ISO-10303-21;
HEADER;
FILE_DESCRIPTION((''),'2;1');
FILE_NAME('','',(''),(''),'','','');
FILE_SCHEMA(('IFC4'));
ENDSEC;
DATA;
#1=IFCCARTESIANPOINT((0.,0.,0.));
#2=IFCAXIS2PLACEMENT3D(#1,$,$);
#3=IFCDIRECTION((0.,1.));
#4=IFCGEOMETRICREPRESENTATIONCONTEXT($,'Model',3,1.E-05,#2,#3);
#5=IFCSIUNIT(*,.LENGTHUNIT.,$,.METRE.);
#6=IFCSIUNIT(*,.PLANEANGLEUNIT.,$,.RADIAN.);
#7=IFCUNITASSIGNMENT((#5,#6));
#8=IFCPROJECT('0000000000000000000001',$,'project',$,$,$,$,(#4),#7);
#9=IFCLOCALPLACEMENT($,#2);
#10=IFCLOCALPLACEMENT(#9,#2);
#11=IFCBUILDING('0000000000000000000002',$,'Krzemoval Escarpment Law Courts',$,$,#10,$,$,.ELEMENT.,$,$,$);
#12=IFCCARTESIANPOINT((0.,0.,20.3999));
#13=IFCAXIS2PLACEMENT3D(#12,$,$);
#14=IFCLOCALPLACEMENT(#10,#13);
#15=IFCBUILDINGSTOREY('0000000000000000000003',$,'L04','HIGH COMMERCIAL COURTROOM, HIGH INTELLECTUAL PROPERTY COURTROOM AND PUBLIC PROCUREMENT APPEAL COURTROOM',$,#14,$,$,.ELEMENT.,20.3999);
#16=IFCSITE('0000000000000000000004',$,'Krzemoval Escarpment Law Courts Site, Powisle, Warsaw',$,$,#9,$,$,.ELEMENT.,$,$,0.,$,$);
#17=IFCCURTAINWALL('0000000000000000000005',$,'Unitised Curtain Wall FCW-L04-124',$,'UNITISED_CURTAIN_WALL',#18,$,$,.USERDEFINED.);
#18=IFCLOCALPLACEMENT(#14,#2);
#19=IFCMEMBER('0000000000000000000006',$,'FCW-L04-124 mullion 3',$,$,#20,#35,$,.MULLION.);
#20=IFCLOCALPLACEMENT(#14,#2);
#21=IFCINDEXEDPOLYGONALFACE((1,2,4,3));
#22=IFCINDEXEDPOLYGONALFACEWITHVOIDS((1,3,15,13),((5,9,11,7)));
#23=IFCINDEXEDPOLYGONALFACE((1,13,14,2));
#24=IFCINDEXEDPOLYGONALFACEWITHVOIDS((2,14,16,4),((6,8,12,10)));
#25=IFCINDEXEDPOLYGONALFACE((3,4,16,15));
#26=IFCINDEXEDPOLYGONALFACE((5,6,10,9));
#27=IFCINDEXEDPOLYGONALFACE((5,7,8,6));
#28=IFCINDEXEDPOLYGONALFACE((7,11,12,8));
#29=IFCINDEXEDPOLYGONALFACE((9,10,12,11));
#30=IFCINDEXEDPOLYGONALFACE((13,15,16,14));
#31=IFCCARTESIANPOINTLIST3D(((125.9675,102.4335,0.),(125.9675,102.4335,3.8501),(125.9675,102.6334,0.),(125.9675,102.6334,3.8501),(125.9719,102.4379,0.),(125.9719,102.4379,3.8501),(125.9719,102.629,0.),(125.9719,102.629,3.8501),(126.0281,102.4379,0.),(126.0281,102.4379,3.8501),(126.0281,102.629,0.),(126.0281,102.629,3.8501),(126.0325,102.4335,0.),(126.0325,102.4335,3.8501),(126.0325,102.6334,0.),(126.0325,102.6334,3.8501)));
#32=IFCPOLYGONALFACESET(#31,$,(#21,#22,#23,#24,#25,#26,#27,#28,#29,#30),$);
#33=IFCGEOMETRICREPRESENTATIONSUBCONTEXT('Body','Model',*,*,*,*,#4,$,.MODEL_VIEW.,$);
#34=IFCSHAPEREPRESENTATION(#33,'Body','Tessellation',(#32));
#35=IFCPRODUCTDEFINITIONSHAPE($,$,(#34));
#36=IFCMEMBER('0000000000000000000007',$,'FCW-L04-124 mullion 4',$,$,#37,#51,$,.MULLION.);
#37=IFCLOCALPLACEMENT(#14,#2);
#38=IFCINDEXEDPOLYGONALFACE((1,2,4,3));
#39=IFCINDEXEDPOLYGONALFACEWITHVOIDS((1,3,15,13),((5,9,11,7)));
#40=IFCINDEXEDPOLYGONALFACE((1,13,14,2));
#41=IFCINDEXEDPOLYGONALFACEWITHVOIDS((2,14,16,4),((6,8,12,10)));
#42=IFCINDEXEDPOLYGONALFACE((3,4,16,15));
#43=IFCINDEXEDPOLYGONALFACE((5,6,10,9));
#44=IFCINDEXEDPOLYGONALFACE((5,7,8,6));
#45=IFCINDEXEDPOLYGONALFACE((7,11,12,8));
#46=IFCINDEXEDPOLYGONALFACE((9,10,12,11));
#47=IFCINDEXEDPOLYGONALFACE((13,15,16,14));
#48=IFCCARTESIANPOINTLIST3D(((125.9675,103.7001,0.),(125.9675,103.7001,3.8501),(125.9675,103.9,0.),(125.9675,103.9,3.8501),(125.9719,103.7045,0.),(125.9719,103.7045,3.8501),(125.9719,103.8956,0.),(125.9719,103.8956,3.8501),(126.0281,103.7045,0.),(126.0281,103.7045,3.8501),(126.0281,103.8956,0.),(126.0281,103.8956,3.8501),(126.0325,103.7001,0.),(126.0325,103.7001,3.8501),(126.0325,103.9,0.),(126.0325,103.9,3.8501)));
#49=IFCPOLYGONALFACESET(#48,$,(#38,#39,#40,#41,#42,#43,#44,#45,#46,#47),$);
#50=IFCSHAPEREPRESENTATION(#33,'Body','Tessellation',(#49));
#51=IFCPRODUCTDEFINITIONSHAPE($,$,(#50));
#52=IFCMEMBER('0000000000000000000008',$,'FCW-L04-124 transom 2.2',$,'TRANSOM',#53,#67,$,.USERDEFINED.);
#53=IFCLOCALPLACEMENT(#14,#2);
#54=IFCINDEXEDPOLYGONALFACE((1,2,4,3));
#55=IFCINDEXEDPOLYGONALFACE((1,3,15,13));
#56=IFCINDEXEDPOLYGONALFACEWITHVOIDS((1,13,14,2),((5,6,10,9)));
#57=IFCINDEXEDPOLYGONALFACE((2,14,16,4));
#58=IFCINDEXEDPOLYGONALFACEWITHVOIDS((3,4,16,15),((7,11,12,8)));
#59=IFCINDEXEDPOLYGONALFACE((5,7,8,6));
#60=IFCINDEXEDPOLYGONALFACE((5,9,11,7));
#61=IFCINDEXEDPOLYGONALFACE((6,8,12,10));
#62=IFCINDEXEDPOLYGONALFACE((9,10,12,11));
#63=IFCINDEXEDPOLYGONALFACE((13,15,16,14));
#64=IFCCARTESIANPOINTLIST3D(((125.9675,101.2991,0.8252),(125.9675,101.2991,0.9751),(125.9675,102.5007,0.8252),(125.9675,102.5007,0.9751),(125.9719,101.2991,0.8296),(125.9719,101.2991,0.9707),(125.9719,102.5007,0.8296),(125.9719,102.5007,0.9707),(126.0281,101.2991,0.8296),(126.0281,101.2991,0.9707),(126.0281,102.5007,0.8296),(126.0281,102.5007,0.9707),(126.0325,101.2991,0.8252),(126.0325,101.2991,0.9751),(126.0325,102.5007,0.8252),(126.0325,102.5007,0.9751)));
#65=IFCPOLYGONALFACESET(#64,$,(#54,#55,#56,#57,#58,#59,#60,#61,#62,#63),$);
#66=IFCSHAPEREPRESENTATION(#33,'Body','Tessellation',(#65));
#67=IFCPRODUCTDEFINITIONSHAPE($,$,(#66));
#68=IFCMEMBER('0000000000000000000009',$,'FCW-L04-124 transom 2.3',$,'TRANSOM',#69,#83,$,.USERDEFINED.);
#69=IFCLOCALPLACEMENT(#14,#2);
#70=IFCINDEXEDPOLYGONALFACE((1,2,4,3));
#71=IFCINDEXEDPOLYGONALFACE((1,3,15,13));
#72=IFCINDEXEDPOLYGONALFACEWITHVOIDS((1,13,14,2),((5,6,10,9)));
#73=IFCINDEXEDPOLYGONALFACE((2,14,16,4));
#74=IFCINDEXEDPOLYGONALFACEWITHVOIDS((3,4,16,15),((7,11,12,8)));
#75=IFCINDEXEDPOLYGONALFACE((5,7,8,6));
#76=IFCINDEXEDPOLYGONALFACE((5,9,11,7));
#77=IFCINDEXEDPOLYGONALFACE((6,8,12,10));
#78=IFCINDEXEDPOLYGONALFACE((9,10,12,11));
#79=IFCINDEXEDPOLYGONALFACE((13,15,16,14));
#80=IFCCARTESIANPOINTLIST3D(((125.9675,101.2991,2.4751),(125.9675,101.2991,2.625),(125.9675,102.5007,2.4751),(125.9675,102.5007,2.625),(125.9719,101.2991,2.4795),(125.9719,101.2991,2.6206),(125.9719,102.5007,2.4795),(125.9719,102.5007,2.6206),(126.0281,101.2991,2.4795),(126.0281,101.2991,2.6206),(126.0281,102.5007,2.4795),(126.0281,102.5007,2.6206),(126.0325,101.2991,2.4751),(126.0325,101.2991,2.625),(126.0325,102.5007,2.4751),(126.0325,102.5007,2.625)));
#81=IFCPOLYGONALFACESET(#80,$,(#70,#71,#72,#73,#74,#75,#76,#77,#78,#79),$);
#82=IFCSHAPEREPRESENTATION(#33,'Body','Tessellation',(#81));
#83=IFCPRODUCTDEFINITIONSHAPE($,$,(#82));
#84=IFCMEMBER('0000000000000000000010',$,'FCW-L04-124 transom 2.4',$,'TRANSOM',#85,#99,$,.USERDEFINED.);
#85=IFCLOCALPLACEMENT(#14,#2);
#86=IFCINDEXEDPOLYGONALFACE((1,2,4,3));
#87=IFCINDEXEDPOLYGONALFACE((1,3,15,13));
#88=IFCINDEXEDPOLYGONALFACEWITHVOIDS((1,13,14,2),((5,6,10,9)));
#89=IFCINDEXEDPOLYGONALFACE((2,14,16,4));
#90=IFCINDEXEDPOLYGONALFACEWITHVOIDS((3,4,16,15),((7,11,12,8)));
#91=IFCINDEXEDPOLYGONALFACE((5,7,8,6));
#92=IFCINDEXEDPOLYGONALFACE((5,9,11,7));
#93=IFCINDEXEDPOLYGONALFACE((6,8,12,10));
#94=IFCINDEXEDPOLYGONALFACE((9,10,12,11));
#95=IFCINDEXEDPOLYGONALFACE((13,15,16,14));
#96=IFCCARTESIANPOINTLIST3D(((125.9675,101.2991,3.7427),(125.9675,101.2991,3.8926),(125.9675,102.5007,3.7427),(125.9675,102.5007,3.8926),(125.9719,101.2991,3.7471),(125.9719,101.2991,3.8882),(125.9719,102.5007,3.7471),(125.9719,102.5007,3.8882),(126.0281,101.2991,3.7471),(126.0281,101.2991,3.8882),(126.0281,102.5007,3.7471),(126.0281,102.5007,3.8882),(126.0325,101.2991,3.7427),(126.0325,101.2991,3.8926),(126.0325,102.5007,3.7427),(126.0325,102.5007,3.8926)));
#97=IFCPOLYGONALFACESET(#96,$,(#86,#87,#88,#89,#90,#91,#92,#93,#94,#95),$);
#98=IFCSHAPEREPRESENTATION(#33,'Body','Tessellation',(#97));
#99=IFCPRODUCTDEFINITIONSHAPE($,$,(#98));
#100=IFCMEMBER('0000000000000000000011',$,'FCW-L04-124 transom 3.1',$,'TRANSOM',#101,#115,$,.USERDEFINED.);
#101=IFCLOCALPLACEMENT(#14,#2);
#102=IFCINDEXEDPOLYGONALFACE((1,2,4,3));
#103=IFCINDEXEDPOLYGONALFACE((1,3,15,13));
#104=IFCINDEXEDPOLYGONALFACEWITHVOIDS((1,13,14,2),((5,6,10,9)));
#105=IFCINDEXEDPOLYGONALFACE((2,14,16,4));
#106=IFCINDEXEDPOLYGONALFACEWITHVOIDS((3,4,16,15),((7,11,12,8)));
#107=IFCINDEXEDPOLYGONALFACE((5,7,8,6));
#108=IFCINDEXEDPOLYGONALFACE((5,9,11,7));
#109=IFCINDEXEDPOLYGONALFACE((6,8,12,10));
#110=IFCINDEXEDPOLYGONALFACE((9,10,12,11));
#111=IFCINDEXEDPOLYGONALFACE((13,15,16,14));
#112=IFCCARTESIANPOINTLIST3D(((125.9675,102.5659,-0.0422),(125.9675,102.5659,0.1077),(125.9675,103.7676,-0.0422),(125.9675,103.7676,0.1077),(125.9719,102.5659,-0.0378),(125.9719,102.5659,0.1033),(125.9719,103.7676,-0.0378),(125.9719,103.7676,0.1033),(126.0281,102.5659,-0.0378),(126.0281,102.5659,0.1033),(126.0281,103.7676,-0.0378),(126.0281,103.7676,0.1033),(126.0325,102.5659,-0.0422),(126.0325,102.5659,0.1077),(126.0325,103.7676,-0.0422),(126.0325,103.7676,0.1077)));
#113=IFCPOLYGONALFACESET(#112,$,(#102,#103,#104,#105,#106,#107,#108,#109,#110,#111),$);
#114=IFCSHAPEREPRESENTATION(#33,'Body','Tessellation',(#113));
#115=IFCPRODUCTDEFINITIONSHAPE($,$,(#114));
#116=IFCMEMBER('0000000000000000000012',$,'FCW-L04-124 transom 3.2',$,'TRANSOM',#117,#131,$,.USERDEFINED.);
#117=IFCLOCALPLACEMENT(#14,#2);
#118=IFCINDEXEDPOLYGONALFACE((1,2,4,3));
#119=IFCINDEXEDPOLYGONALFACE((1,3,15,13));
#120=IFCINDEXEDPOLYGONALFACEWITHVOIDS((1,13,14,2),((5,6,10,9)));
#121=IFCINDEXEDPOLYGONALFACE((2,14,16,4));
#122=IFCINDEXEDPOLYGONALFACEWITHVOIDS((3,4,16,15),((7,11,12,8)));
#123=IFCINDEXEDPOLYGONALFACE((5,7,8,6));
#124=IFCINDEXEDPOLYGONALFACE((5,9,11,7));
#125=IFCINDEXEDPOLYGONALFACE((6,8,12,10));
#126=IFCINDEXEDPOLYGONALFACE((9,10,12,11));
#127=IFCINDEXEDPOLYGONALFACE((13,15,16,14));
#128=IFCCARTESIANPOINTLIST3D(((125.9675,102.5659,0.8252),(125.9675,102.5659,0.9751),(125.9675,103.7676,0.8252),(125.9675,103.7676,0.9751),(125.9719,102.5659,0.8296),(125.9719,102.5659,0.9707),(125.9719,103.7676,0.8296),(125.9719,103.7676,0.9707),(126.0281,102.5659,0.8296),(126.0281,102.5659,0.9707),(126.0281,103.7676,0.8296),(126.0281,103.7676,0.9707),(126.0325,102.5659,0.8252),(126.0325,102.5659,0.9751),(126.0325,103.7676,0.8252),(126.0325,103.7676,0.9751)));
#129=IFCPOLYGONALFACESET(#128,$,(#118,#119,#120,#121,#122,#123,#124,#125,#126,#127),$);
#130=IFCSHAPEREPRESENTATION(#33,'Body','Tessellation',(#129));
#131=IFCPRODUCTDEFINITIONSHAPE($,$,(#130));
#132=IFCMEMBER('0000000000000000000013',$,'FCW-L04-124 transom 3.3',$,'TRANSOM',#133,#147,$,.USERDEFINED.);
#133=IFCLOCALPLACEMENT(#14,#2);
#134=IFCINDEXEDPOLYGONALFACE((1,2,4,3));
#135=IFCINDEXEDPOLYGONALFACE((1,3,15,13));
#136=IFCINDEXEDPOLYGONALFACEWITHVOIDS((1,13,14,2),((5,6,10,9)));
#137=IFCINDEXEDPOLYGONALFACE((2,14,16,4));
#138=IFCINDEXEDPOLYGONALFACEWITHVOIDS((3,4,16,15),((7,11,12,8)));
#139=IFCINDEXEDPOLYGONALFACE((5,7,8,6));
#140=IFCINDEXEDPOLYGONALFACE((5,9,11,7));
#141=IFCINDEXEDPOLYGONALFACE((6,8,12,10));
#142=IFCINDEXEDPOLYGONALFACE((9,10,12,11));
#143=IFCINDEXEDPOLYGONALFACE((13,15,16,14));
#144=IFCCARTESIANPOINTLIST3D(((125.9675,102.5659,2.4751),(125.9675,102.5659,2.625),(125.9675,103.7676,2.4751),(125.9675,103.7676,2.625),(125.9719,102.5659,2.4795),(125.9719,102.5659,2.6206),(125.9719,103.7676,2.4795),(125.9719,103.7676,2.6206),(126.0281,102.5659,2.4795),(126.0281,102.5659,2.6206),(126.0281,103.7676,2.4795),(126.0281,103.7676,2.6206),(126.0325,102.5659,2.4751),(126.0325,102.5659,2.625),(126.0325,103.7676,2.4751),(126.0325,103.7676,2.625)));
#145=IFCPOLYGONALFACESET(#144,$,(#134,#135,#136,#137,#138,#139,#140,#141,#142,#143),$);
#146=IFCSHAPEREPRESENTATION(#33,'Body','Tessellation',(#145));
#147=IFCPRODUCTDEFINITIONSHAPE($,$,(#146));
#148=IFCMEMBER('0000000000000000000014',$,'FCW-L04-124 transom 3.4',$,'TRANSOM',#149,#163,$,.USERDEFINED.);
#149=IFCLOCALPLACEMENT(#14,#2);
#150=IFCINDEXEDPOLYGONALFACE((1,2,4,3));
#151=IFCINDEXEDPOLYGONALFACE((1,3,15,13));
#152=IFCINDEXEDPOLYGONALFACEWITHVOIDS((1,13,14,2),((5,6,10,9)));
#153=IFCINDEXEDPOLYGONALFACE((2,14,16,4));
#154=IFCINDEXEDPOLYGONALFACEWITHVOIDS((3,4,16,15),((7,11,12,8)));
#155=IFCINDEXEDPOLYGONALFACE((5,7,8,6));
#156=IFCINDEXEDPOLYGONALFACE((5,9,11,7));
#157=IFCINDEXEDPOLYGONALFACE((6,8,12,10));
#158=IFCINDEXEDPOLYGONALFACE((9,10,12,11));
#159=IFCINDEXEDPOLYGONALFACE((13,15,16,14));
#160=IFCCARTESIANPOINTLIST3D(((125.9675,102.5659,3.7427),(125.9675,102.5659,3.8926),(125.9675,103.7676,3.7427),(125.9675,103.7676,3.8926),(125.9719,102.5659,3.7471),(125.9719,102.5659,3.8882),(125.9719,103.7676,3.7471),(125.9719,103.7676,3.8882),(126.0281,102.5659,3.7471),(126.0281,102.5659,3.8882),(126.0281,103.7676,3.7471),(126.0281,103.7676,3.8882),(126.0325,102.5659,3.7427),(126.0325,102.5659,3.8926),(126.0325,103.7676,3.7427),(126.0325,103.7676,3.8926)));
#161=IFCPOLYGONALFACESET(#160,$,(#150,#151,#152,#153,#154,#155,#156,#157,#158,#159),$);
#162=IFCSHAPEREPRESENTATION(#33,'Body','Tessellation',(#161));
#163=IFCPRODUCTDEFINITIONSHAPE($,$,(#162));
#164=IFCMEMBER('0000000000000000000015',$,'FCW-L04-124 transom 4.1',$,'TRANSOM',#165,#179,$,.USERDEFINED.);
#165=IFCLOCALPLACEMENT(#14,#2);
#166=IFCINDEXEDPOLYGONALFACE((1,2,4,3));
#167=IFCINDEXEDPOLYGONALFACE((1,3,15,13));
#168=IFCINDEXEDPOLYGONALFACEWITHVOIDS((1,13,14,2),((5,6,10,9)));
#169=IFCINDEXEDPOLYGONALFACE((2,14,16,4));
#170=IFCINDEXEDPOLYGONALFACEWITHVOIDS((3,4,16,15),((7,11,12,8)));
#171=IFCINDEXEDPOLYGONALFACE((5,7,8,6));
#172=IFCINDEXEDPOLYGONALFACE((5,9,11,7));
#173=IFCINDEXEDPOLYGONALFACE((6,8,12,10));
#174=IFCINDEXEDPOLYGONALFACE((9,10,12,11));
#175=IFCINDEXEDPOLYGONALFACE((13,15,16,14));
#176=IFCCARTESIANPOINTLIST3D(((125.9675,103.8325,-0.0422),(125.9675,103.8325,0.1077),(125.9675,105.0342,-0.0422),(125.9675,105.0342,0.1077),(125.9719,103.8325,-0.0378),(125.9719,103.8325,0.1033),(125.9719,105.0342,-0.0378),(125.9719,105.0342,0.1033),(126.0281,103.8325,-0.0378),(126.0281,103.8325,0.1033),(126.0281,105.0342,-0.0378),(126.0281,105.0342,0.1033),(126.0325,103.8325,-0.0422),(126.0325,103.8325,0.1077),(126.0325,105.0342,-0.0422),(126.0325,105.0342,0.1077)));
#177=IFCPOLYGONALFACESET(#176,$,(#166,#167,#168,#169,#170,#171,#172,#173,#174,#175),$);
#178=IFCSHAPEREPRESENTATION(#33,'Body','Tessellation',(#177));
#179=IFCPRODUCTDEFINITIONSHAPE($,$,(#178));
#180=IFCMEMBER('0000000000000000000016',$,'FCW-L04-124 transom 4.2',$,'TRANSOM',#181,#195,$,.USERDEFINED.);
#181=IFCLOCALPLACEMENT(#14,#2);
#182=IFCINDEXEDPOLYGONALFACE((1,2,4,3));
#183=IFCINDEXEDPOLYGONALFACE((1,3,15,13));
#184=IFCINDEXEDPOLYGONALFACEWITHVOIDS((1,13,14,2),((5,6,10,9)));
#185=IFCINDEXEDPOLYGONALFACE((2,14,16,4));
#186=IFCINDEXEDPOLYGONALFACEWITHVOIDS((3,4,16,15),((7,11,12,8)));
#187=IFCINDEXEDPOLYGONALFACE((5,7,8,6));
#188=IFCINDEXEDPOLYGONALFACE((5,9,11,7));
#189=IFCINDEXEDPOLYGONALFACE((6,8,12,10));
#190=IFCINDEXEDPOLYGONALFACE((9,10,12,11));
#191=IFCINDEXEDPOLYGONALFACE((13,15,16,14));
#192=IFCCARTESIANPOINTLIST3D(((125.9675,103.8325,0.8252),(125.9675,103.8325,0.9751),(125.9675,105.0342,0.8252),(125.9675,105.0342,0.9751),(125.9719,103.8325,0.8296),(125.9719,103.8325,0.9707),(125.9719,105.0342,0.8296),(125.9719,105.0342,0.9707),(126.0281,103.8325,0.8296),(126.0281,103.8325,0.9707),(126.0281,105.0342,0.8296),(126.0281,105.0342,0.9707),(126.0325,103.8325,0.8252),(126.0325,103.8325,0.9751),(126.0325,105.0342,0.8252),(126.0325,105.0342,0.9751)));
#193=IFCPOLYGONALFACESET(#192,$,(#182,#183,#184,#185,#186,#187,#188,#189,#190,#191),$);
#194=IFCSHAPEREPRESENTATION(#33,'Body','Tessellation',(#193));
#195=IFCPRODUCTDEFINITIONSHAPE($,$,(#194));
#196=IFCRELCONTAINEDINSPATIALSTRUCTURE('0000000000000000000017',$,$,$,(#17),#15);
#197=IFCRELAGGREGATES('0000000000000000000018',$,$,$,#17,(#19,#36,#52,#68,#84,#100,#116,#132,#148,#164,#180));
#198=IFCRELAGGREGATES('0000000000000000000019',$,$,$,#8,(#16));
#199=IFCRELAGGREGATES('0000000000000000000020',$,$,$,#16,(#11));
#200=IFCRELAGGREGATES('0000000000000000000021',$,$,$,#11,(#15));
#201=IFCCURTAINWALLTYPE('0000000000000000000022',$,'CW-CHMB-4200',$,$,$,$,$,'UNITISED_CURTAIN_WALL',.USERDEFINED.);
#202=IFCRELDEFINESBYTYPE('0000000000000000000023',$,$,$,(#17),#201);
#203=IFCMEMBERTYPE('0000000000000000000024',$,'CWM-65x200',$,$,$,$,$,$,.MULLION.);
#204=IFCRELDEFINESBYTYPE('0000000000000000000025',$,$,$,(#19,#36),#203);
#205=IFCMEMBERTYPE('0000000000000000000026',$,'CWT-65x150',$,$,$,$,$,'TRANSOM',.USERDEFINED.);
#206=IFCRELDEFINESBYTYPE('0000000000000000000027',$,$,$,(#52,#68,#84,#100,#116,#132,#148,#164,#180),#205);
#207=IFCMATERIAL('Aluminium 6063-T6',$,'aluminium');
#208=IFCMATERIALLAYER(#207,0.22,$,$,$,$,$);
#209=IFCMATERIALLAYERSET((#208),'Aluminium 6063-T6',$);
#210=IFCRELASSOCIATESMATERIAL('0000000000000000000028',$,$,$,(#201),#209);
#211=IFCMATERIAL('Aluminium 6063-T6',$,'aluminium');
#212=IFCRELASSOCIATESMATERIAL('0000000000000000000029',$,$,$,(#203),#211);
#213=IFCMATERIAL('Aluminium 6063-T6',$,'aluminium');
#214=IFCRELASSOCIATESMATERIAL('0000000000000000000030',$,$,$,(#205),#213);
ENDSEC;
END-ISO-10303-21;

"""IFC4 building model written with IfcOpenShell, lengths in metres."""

from ifc_helpers import new_model, si_unit, direction, frame, origin, origin_2d, place, context, subcontext, project, spatial, hollow_rectangle, extrude, material, layer, layer_set, material_profile, profile_set, type_object, element, aggregate, save


model = new_model("IFC4")

# Units and contexts
model_context = context("Model", 3, precision=1e-05, world=origin(), true_north=direction((0.0, 1.0)))
body_context = subcontext(model_context, "Body", "Model", "MODEL_VIEW")
ifc_project = project(units=[si_unit("LENGTHUNIT", "METRE"), si_unit("PLANEANGLEUNIT", "RADIAN")], contexts=[model_context])

# Site, building, storey
site_placement = place(None, origin())
site = spatial("IfcSite", under=ifc_project, at=site_placement, Name="Krzemoval Escarpment Law Courts Site, Powisle, Warsaw", CompositionType="ELEMENT", RefElevation=0.0)
building_placement = place(site_placement, origin())
building = spatial("IfcBuilding", under=site, at=building_placement, Name="Krzemoval Escarpment Law Courts", CompositionType="ELEMENT")
storey_placement = place(building_placement, frame((0.0, 0.0, 20.3999)))
storey = spatial("IfcBuildingStorey", under=building, at=storey_placement, Name="L04", Description="HIGH COMMERCIAL COURTROOM, HIGH INTELLECTUAL PROPERTY COURTROOM AND PUBLIC PROCUREMENT APPEAL COURTROOM", CompositionType="ELEMENT", Elevation=20.3999)

# Curtain wall, members
ifc_material_1 = material(Name="Aluminium 6063-T6", Category="aluminium")
ifc_layer_1 = layer(ifc_material_1, 0.22)
ifc_layer_set_1 = layer_set([ifc_layer_1], Name="Aluminium 6063-T6")
curtain_wall_type = type_object("IfcCurtainWallType", Name="CW-CHMB-4200", ElementType="UNITISED_CURTAIN_WALL", PredefinedType="USERDEFINED", material=ifc_layer_set_1)
curtain_wall_placement = place(storey_placement, origin())
curtain_wall = element("IfcCurtainWall", 1, at=curtain_wall_placement, inside=storey, type_object=curtain_wall_type, Name="Unitised Curtain Wall FCW-L04-124", ObjectType="UNITISED_CURTAIN_WALL", PredefinedType="USERDEFINED")
ifc_material_2 = material(Name="Aluminium 6063-T6", Category="aluminium")
ifc_material_profile_1 = material_profile(ifc_material_2, hollow_rectangle(XDim=0.0649, YDim=0.2, WallThickness=0.0044, at=origin_2d()), Name="ALU M65x200")
ifc_profile_set_1 = profile_set([ifc_material_profile_1], Name="Aluminium 6063-T6")
member_type_1 = type_object("IfcMemberType", Name="CWM-65x200", PredefinedType="MULLION", material=ifc_profile_set_1)
member_1_placement = place(storey_placement, frame((126.0, 102.5334, 0.0), z_axis=(0.0, 0.0, 1.0), x_axis=(-1.0, 0.0, 0.0)))
member_1 = element("IfcMember", 2, at=member_1_placement, type_object=member_type_1, Name="FCW-L04-124 mullion 3", PredefinedType="MULLION", context=body_context, shape_type="SweptSolid", body=[
    extrude(hollow_rectangle(XDim=0.0649, YDim=0.2, WallThickness=0.0044, at=origin_2d()), origin(), (0.0, 0.0, 1.0), 3.8501),
])
member_2_placement = place(storey_placement, frame((126.0, 103.8, 0.0), z_axis=(0.0, 0.0, 1.0), x_axis=(-1.0, 0.0, 0.0)))
member_2 = element("IfcMember", 3, at=member_2_placement, type_object=member_type_1, Name="FCW-L04-124 mullion 4", PredefinedType="MULLION", context=body_context, shape_type="SweptSolid", body=[
    extrude(hollow_rectangle(XDim=0.0649, YDim=0.2, WallThickness=0.0044, at=origin_2d()), origin(), (0.0, 0.0, 1.0), 3.8501),
])
ifc_material_3 = material(Name="Aluminium 6063-T6", Category="aluminium")
ifc_material_profile_2 = material_profile(ifc_material_3, hollow_rectangle(XDim=0.0649, YDim=0.1499, WallThickness=0.0044, at=origin_2d()), Name="ALU T65x150")
ifc_profile_set_2 = profile_set([ifc_material_profile_2], Name="Aluminium 6063-T6")
member_type_2 = type_object("IfcMemberType", Name="CWT-65x150", ElementType="TRANSOM", PredefinedType="USERDEFINED", material=ifc_profile_set_2)
member_3_placement = place(storey_placement, frame((126.0, 101.2991, 0.9001), z_axis=(0.0, 1.0, 0.0), x_axis=(-1.0, 0.0, 0.0)))
member_3 = element("IfcMember", 4, at=member_3_placement, type_object=member_type_2, Name="FCW-L04-124 transom 2.2", ObjectType="TRANSOM", PredefinedType="USERDEFINED", context=body_context, shape_type="SweptSolid", body=[
    extrude(hollow_rectangle(XDim=0.0649, YDim=0.1499, WallThickness=0.0044, at=origin_2d()), origin(), (0.0, 0.0, 1.0), 1.2017),
])
member_4_placement = place(storey_placement, frame((126.0, 101.2991, 2.55), z_axis=(0.0, 1.0, 0.0), x_axis=(-1.0, 0.0, 0.0)))
member_4 = element("IfcMember", 5, at=member_4_placement, type_object=member_type_2, Name="FCW-L04-124 transom 2.3", ObjectType="TRANSOM", PredefinedType="USERDEFINED", context=body_context, shape_type="SweptSolid", body=[
    extrude(hollow_rectangle(XDim=0.0649, YDim=0.1499, WallThickness=0.0044, at=origin_2d()), origin(), (0.0, 0.0, 1.0), 1.2017),
])
member_5_placement = place(storey_placement, frame((126.0, 101.2991, 3.8176), z_axis=(0.0, 1.0, 0.0), x_axis=(-1.0, 0.0, 0.0)))
member_5 = element("IfcMember", 6, at=member_5_placement, type_object=member_type_2, Name="FCW-L04-124 transom 2.4", ObjectType="TRANSOM", PredefinedType="USERDEFINED", context=body_context, shape_type="SweptSolid", body=[
    extrude(hollow_rectangle(XDim=0.0649, YDim=0.1499, WallThickness=0.0044, at=origin_2d()), origin(), (0.0, 0.0, 1.0), 1.2017),
])
member_6_placement = place(storey_placement, frame((126.0, 102.5659, 0.0327), z_axis=(0.0, 1.0, 0.0), x_axis=(-1.0, 0.0, 0.0)))
member_6 = element("IfcMember", 7, at=member_6_placement, type_object=member_type_2, Name="FCW-L04-124 transom 3.1", ObjectType="TRANSOM", PredefinedType="USERDEFINED", context=body_context, shape_type="SweptSolid", body=[
    extrude(hollow_rectangle(XDim=0.0649, YDim=0.1499, WallThickness=0.0044, at=origin_2d()), origin(), (0.0, 0.0, 1.0), 1.2017),
])
member_7_placement = place(storey_placement, frame((126.0, 102.5659, 0.9001), z_axis=(0.0, 1.0, 0.0), x_axis=(-1.0, 0.0, 0.0)))
member_7 = element("IfcMember", 8, at=member_7_placement, type_object=member_type_2, Name="FCW-L04-124 transom 3.2", ObjectType="TRANSOM", PredefinedType="USERDEFINED", context=body_context, shape_type="SweptSolid", body=[
    extrude(hollow_rectangle(XDim=0.0649, YDim=0.1499, WallThickness=0.0044, at=origin_2d()), origin(), (0.0, 0.0, 1.0), 1.2017),
])
member_8_placement = place(storey_placement, frame((126.0, 102.5659, 2.55), z_axis=(0.0, 1.0, 0.0), x_axis=(-1.0, 0.0, 0.0)))
member_8 = element("IfcMember", 9, at=member_8_placement, type_object=member_type_2, Name="FCW-L04-124 transom 3.3", ObjectType="TRANSOM", PredefinedType="USERDEFINED", context=body_context, shape_type="SweptSolid", body=[
    extrude(hollow_rectangle(XDim=0.0649, YDim=0.1499, WallThickness=0.0044, at=origin_2d()), origin(), (0.0, 0.0, 1.0), 1.2017),
])
member_9_placement = place(storey_placement, frame((126.0, 102.5659, 3.8176), z_axis=(0.0, 1.0, 0.0), x_axis=(-1.0, 0.0, 0.0)))
member_9 = element("IfcMember", 10, at=member_9_placement, type_object=member_type_2, Name="FCW-L04-124 transom 3.4", ObjectType="TRANSOM", PredefinedType="USERDEFINED", context=body_context, shape_type="SweptSolid", body=[
    extrude(hollow_rectangle(XDim=0.0649, YDim=0.1499, WallThickness=0.0044, at=origin_2d()), origin(), (0.0, 0.0, 1.0), 1.2017),
])
member_10_placement = place(storey_placement, frame((126.0, 103.8325, 0.0327), z_axis=(0.0, 1.0, 0.0), x_axis=(-1.0, 0.0, 0.0)))
member_10 = element("IfcMember", 11, at=member_10_placement, type_object=member_type_2, Name="FCW-L04-124 transom 4.1", ObjectType="TRANSOM", PredefinedType="USERDEFINED", context=body_context, shape_type="SweptSolid", body=[
    extrude(hollow_rectangle(XDim=0.0649, YDim=0.1499, WallThickness=0.0044, at=origin_2d()), origin(), (0.0, 0.0, 1.0), 1.2017),
])
member_11_placement = place(storey_placement, frame((126.0, 103.8325, 0.9001), z_axis=(0.0, 1.0, 0.0), x_axis=(-1.0, 0.0, 0.0)))
member_11 = element("IfcMember", 12, at=member_11_placement, type_object=member_type_2, Name="FCW-L04-124 transom 4.2", ObjectType="TRANSOM", PredefinedType="USERDEFINED", context=body_context, shape_type="SweptSolid", body=[
    extrude(hollow_rectangle(XDim=0.0649, YDim=0.1499, WallThickness=0.0044, at=origin_2d()), origin(), (0.0, 0.0, 1.0), 1.2017),
])
aggregate(curtain_wall, [member_1, member_2, member_3, member_4, member_5, member_6, member_7, member_8, member_9, member_10, member_11])

save(model, "model.ifc")
